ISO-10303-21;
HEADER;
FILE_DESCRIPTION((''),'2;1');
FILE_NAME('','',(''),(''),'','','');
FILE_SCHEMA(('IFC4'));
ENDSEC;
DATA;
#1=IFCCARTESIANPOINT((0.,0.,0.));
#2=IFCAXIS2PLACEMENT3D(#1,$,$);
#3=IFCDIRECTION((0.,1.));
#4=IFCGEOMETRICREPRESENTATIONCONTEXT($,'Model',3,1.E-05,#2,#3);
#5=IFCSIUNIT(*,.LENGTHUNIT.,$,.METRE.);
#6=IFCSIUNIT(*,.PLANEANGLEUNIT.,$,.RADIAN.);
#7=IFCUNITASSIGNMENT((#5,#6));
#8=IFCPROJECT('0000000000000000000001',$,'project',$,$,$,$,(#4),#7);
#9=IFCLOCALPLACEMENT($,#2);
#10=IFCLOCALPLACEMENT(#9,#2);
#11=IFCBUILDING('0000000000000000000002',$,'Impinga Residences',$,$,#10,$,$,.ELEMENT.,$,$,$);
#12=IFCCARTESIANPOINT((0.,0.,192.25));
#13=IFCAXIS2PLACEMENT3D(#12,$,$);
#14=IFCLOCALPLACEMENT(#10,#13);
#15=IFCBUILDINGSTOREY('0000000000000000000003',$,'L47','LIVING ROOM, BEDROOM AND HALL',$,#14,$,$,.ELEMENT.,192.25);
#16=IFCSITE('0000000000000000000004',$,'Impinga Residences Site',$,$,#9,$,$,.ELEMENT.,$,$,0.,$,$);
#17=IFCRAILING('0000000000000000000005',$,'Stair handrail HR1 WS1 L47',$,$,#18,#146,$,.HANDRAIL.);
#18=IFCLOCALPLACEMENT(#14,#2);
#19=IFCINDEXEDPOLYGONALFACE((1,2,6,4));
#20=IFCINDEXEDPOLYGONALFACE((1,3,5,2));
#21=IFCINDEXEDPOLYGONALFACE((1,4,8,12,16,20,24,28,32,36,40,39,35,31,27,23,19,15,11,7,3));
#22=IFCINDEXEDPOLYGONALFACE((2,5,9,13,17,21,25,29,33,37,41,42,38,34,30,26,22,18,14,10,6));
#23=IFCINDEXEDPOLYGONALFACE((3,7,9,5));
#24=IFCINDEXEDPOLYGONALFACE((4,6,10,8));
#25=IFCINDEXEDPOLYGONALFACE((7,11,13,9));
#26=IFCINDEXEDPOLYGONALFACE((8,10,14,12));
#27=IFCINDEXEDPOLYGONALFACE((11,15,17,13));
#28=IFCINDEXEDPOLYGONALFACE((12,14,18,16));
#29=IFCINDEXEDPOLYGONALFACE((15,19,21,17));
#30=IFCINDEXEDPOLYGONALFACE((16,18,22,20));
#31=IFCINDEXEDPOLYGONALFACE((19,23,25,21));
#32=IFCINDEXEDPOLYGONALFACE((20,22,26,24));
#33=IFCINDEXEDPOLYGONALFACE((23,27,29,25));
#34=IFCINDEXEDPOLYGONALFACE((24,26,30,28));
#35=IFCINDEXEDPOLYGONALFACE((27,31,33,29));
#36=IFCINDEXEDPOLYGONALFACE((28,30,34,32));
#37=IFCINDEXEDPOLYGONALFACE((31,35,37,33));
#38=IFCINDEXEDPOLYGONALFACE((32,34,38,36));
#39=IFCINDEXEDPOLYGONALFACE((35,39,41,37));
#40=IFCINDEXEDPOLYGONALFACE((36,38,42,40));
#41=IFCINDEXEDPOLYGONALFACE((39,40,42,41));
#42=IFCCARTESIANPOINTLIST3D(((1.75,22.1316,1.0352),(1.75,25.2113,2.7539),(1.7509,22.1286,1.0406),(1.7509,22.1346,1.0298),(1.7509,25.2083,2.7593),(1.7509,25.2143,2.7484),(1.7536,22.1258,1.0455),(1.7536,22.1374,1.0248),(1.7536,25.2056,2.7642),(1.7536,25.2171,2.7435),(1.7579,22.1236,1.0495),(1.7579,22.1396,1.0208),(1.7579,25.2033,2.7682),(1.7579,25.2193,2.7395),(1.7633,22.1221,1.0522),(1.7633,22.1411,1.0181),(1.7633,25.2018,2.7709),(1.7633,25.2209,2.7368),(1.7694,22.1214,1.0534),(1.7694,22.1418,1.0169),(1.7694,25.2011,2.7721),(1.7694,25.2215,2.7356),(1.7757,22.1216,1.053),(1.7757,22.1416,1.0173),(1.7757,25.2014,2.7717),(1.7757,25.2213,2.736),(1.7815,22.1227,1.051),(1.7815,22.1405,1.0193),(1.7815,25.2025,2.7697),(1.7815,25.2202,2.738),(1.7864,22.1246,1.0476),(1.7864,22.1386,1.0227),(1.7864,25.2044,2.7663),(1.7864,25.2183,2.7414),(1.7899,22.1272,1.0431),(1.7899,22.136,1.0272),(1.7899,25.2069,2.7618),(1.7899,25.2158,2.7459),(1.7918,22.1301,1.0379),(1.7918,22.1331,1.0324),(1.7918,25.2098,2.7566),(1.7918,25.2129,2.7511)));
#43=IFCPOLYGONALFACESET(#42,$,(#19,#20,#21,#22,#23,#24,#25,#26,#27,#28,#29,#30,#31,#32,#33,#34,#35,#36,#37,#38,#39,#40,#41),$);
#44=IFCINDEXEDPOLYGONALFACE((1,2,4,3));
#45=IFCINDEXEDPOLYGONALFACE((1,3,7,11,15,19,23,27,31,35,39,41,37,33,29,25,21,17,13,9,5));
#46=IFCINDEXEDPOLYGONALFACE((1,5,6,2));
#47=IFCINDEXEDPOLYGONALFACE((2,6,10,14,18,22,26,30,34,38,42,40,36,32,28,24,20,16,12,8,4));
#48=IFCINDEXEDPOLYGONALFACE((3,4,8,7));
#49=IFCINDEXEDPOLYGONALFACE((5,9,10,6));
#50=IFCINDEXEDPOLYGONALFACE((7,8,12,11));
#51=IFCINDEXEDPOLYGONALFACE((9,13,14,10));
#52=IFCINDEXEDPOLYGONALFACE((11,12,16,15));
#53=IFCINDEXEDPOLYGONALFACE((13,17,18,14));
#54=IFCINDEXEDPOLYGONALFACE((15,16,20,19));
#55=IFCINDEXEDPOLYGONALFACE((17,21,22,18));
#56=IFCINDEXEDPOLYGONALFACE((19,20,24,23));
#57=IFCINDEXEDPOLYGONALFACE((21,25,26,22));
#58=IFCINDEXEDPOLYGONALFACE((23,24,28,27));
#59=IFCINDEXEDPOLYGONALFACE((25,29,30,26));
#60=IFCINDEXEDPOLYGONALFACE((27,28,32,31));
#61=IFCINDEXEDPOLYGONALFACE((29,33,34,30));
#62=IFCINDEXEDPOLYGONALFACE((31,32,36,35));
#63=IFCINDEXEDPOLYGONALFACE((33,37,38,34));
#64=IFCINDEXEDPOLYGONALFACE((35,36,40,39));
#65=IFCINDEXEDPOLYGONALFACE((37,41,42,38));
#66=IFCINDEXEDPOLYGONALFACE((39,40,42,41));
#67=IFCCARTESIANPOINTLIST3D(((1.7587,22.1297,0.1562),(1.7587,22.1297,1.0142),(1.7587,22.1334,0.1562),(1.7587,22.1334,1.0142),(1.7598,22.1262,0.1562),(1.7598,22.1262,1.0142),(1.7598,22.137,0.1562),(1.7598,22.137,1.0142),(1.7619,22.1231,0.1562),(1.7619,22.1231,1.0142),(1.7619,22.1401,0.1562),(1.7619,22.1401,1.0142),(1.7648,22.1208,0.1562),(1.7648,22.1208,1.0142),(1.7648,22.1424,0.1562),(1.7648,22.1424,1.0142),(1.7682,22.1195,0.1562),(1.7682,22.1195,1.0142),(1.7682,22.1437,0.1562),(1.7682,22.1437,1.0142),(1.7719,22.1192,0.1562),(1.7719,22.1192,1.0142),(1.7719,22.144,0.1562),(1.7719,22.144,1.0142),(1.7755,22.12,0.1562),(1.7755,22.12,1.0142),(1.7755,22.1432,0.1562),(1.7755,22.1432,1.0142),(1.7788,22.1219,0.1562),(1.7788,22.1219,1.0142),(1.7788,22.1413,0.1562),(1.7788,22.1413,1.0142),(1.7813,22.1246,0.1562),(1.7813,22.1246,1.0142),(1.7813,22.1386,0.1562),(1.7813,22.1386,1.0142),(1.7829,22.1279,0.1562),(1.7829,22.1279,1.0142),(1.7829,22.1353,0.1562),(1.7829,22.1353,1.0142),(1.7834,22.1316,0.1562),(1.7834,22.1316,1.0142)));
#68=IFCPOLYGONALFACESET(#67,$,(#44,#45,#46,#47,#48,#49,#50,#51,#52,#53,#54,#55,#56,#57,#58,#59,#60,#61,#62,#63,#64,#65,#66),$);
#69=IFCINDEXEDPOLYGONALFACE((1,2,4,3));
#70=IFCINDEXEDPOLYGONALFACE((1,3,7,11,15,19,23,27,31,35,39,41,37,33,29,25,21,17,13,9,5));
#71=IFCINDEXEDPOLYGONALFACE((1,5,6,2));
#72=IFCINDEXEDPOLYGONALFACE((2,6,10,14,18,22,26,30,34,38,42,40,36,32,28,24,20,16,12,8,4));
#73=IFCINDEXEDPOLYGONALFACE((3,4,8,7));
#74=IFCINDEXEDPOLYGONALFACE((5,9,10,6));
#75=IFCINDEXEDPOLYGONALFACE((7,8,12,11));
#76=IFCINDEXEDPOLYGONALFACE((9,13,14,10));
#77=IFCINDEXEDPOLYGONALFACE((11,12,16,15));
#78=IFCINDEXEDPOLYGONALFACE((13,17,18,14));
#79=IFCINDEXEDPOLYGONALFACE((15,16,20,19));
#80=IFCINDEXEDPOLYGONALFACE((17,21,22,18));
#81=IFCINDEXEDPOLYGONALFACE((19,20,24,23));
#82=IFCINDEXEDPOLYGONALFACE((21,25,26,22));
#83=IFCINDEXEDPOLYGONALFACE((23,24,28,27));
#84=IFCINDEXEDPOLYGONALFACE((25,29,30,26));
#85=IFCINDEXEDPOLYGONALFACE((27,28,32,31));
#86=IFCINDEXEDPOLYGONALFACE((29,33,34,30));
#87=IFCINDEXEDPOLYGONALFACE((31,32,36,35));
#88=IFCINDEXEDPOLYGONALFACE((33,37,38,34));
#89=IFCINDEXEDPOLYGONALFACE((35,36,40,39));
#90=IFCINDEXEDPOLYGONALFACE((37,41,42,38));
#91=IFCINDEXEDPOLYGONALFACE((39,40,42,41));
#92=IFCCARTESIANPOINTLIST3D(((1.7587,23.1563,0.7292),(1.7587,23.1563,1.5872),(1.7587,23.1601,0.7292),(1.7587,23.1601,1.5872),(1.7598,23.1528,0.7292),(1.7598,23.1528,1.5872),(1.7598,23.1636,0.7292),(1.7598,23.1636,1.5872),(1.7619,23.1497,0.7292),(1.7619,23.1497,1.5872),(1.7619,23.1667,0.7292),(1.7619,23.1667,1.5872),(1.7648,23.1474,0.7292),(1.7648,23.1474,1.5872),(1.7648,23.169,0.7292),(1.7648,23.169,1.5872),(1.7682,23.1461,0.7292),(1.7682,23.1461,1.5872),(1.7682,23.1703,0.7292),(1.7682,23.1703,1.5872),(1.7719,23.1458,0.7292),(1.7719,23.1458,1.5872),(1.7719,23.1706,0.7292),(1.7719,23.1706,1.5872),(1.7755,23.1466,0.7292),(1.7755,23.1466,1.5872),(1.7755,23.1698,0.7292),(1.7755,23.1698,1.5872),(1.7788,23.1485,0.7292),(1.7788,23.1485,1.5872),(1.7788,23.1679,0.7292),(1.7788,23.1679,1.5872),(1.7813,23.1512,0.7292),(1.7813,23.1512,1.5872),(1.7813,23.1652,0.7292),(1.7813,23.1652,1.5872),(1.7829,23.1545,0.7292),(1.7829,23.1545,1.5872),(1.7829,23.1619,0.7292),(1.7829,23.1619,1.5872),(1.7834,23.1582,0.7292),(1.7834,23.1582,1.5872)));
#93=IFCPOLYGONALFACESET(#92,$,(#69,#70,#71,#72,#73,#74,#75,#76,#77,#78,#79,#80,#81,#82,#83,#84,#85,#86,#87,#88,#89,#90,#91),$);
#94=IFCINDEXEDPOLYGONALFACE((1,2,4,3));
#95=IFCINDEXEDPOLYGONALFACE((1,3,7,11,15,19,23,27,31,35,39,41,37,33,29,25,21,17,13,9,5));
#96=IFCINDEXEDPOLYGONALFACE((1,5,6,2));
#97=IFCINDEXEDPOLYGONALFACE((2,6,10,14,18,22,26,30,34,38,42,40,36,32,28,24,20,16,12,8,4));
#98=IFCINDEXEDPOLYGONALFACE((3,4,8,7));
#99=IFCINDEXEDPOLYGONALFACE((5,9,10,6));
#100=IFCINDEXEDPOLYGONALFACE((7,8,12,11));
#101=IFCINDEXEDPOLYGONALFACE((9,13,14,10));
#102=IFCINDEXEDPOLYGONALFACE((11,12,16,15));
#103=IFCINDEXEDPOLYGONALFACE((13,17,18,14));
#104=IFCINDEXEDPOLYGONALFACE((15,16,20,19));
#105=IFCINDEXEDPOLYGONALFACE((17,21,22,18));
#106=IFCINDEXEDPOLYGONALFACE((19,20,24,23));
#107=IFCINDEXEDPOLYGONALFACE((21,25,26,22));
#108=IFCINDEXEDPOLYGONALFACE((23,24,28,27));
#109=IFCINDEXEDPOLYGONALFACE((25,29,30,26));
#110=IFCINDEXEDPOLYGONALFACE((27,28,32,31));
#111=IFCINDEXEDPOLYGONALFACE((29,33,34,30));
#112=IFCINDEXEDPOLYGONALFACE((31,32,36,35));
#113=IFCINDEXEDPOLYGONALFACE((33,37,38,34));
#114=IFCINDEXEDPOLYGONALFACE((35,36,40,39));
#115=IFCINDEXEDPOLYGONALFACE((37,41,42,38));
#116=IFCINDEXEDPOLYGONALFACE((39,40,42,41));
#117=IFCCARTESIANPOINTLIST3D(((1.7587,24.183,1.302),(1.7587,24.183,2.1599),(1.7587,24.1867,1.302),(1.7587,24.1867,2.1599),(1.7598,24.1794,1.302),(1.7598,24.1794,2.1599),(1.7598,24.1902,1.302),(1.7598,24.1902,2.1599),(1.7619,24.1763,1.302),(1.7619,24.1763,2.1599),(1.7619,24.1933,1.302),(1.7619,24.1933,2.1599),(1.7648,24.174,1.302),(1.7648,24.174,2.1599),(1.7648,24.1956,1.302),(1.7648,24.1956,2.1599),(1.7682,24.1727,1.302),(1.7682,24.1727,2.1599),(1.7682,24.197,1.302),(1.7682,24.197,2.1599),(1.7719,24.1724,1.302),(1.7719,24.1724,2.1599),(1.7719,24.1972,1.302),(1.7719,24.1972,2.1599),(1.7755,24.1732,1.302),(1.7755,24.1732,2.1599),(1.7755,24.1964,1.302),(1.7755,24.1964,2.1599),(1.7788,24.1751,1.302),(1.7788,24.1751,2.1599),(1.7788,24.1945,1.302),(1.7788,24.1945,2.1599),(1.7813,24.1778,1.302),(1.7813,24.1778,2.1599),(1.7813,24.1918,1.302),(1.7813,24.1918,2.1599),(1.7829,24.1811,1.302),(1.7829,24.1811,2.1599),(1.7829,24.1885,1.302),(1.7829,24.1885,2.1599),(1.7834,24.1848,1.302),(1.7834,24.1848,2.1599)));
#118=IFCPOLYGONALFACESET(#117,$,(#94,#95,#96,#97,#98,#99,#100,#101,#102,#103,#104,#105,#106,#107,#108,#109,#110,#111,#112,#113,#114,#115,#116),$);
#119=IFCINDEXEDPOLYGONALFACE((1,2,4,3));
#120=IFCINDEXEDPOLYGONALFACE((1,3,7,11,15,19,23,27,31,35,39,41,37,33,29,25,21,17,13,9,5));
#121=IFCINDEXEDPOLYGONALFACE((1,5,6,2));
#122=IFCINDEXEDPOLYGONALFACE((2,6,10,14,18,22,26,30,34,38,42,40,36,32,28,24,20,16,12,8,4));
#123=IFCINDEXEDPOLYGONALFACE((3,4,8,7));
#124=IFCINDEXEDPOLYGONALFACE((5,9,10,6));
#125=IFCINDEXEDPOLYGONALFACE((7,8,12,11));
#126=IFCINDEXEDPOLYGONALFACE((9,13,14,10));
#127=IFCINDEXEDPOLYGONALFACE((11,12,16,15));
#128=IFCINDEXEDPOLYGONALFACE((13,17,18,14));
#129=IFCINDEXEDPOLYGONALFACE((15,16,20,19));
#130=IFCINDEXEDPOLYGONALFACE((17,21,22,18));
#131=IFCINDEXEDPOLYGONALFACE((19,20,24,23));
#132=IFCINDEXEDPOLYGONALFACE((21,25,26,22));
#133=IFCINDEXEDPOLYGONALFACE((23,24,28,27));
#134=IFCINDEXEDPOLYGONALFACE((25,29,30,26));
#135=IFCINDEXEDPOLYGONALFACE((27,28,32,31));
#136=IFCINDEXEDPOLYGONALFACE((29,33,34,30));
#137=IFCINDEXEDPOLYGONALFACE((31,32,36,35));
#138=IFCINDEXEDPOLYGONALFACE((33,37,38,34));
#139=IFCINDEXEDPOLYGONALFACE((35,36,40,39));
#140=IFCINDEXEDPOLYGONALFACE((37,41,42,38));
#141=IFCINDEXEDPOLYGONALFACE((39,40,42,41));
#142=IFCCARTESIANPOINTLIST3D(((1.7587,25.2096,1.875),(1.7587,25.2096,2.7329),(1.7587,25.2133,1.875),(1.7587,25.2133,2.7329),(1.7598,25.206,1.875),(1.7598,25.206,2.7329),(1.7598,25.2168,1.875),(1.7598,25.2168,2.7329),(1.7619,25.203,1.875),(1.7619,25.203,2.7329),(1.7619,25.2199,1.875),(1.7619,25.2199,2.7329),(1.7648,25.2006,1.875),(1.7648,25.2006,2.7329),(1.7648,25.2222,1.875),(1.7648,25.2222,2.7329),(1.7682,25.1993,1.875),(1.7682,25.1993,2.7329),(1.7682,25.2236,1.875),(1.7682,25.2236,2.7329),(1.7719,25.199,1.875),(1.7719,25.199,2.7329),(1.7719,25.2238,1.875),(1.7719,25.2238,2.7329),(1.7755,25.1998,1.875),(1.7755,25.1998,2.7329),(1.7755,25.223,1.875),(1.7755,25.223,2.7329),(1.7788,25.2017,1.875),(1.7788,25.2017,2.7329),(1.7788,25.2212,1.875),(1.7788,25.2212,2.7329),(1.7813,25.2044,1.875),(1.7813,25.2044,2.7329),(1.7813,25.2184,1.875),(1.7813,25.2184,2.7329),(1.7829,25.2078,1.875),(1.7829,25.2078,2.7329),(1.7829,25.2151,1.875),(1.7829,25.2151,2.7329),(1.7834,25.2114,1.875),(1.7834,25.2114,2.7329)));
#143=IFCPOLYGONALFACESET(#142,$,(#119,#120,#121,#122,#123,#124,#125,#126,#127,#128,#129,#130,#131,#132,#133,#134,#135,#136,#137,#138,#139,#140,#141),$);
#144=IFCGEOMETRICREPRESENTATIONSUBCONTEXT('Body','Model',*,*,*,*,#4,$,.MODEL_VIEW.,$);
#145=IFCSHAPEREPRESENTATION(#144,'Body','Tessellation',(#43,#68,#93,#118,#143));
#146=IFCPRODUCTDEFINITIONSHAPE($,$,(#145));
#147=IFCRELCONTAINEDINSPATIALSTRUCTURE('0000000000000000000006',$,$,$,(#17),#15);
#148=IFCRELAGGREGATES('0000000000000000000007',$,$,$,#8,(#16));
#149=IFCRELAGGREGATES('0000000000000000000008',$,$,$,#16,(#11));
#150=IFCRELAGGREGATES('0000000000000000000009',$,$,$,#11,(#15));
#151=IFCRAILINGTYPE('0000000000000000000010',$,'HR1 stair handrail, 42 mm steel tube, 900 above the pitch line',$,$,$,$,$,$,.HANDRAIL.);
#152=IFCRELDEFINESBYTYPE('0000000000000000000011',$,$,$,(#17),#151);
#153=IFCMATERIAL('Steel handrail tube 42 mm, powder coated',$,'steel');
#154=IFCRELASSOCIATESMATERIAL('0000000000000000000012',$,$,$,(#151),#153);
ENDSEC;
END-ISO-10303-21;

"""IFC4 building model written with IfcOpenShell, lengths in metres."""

from ifc_helpers import new_model, si_unit, direction, frame, origin, origin_2d, place, context, subcontext, project, spatial, circle, extrude, material, type_object, element, save


model = new_model("IFC4")

# Units and contexts
model_context = context("Model", 3, precision=1e-05, world=origin(), true_north=direction((0.0, 1.0)))
body_context = subcontext(model_context, "Body", "Model", "MODEL_VIEW")
ifc_project = project(units=[si_unit("LENGTHUNIT", "METRE"), si_unit("PLANEANGLEUNIT", "RADIAN")], contexts=[model_context])

# Site, building, storey
site_placement = place(None, origin())
site = spatial("IfcSite", under=ifc_project, at=site_placement, Name="Impinga Residences Site", CompositionType="ELEMENT", RefElevation=0.0)
building_placement = place(site_placement, origin())
building = spatial("IfcBuilding", under=site, at=building_placement, Name="Impinga Residences", CompositionType="ELEMENT")
storey_placement = place(building_placement, frame((0.0, 0.0, 192.25)))
storey = spatial("IfcBuildingStorey", under=building, at=storey_placement, Name="L47", Description="LIVING ROOM, BEDROOM AND HALL", CompositionType="ELEMENT", Elevation=192.25)

# Railing
ifc_material_1 = material(Name="Steel handrail tube 42 mm, powder coated", Category="steel")
railing_type_1 = type_object("IfcRailingType", Name="HR1 stair handrail, 42 mm steel tube, 900 above the pitch line", PredefinedType="HANDRAIL", material=ifc_material_1)
railing_1_placement = place(storey_placement, frame((1.771, 22.1316, 0.1562)))
element("IfcRailing", 1, at=railing_1_placement, inside=storey, type_object=railing_type_1, Name="Stair handrail HR1 WS1 L47", PredefinedType="HANDRAIL", context=body_context, shape_type="SweptSolid", body=[
    extrude(circle(Radius=0.021, at=origin_2d()), frame((0.0, 0.0, 0.8789), z_axis=(0.0, 0.873225, 0.487317), x_axis=(-1.0, 0.0, 0.0)), (0.0, 0.0, 1.0), 3.5269),
    extrude(circle(Radius=0.0125, at=origin_2d()), origin(), (0.0, 0.0, 1.0), 0.8579),
    extrude(circle(Radius=0.0125, at=origin_2d()), frame((0.0, 1.0266, 0.573)), (0.0, 0.0, 1.0), 0.8579),
    extrude(circle(Radius=0.0125, at=origin_2d()), frame((0.0, 2.0532, 1.1458)), (0.0, 0.0, 1.0), 0.8579),
    extrude(circle(Radius=0.0125, at=origin_2d()), frame((0.0, 3.0798, 1.7188)), (0.0, 0.0, 1.0), 0.8579),
])

save(model, "model.ifc")
